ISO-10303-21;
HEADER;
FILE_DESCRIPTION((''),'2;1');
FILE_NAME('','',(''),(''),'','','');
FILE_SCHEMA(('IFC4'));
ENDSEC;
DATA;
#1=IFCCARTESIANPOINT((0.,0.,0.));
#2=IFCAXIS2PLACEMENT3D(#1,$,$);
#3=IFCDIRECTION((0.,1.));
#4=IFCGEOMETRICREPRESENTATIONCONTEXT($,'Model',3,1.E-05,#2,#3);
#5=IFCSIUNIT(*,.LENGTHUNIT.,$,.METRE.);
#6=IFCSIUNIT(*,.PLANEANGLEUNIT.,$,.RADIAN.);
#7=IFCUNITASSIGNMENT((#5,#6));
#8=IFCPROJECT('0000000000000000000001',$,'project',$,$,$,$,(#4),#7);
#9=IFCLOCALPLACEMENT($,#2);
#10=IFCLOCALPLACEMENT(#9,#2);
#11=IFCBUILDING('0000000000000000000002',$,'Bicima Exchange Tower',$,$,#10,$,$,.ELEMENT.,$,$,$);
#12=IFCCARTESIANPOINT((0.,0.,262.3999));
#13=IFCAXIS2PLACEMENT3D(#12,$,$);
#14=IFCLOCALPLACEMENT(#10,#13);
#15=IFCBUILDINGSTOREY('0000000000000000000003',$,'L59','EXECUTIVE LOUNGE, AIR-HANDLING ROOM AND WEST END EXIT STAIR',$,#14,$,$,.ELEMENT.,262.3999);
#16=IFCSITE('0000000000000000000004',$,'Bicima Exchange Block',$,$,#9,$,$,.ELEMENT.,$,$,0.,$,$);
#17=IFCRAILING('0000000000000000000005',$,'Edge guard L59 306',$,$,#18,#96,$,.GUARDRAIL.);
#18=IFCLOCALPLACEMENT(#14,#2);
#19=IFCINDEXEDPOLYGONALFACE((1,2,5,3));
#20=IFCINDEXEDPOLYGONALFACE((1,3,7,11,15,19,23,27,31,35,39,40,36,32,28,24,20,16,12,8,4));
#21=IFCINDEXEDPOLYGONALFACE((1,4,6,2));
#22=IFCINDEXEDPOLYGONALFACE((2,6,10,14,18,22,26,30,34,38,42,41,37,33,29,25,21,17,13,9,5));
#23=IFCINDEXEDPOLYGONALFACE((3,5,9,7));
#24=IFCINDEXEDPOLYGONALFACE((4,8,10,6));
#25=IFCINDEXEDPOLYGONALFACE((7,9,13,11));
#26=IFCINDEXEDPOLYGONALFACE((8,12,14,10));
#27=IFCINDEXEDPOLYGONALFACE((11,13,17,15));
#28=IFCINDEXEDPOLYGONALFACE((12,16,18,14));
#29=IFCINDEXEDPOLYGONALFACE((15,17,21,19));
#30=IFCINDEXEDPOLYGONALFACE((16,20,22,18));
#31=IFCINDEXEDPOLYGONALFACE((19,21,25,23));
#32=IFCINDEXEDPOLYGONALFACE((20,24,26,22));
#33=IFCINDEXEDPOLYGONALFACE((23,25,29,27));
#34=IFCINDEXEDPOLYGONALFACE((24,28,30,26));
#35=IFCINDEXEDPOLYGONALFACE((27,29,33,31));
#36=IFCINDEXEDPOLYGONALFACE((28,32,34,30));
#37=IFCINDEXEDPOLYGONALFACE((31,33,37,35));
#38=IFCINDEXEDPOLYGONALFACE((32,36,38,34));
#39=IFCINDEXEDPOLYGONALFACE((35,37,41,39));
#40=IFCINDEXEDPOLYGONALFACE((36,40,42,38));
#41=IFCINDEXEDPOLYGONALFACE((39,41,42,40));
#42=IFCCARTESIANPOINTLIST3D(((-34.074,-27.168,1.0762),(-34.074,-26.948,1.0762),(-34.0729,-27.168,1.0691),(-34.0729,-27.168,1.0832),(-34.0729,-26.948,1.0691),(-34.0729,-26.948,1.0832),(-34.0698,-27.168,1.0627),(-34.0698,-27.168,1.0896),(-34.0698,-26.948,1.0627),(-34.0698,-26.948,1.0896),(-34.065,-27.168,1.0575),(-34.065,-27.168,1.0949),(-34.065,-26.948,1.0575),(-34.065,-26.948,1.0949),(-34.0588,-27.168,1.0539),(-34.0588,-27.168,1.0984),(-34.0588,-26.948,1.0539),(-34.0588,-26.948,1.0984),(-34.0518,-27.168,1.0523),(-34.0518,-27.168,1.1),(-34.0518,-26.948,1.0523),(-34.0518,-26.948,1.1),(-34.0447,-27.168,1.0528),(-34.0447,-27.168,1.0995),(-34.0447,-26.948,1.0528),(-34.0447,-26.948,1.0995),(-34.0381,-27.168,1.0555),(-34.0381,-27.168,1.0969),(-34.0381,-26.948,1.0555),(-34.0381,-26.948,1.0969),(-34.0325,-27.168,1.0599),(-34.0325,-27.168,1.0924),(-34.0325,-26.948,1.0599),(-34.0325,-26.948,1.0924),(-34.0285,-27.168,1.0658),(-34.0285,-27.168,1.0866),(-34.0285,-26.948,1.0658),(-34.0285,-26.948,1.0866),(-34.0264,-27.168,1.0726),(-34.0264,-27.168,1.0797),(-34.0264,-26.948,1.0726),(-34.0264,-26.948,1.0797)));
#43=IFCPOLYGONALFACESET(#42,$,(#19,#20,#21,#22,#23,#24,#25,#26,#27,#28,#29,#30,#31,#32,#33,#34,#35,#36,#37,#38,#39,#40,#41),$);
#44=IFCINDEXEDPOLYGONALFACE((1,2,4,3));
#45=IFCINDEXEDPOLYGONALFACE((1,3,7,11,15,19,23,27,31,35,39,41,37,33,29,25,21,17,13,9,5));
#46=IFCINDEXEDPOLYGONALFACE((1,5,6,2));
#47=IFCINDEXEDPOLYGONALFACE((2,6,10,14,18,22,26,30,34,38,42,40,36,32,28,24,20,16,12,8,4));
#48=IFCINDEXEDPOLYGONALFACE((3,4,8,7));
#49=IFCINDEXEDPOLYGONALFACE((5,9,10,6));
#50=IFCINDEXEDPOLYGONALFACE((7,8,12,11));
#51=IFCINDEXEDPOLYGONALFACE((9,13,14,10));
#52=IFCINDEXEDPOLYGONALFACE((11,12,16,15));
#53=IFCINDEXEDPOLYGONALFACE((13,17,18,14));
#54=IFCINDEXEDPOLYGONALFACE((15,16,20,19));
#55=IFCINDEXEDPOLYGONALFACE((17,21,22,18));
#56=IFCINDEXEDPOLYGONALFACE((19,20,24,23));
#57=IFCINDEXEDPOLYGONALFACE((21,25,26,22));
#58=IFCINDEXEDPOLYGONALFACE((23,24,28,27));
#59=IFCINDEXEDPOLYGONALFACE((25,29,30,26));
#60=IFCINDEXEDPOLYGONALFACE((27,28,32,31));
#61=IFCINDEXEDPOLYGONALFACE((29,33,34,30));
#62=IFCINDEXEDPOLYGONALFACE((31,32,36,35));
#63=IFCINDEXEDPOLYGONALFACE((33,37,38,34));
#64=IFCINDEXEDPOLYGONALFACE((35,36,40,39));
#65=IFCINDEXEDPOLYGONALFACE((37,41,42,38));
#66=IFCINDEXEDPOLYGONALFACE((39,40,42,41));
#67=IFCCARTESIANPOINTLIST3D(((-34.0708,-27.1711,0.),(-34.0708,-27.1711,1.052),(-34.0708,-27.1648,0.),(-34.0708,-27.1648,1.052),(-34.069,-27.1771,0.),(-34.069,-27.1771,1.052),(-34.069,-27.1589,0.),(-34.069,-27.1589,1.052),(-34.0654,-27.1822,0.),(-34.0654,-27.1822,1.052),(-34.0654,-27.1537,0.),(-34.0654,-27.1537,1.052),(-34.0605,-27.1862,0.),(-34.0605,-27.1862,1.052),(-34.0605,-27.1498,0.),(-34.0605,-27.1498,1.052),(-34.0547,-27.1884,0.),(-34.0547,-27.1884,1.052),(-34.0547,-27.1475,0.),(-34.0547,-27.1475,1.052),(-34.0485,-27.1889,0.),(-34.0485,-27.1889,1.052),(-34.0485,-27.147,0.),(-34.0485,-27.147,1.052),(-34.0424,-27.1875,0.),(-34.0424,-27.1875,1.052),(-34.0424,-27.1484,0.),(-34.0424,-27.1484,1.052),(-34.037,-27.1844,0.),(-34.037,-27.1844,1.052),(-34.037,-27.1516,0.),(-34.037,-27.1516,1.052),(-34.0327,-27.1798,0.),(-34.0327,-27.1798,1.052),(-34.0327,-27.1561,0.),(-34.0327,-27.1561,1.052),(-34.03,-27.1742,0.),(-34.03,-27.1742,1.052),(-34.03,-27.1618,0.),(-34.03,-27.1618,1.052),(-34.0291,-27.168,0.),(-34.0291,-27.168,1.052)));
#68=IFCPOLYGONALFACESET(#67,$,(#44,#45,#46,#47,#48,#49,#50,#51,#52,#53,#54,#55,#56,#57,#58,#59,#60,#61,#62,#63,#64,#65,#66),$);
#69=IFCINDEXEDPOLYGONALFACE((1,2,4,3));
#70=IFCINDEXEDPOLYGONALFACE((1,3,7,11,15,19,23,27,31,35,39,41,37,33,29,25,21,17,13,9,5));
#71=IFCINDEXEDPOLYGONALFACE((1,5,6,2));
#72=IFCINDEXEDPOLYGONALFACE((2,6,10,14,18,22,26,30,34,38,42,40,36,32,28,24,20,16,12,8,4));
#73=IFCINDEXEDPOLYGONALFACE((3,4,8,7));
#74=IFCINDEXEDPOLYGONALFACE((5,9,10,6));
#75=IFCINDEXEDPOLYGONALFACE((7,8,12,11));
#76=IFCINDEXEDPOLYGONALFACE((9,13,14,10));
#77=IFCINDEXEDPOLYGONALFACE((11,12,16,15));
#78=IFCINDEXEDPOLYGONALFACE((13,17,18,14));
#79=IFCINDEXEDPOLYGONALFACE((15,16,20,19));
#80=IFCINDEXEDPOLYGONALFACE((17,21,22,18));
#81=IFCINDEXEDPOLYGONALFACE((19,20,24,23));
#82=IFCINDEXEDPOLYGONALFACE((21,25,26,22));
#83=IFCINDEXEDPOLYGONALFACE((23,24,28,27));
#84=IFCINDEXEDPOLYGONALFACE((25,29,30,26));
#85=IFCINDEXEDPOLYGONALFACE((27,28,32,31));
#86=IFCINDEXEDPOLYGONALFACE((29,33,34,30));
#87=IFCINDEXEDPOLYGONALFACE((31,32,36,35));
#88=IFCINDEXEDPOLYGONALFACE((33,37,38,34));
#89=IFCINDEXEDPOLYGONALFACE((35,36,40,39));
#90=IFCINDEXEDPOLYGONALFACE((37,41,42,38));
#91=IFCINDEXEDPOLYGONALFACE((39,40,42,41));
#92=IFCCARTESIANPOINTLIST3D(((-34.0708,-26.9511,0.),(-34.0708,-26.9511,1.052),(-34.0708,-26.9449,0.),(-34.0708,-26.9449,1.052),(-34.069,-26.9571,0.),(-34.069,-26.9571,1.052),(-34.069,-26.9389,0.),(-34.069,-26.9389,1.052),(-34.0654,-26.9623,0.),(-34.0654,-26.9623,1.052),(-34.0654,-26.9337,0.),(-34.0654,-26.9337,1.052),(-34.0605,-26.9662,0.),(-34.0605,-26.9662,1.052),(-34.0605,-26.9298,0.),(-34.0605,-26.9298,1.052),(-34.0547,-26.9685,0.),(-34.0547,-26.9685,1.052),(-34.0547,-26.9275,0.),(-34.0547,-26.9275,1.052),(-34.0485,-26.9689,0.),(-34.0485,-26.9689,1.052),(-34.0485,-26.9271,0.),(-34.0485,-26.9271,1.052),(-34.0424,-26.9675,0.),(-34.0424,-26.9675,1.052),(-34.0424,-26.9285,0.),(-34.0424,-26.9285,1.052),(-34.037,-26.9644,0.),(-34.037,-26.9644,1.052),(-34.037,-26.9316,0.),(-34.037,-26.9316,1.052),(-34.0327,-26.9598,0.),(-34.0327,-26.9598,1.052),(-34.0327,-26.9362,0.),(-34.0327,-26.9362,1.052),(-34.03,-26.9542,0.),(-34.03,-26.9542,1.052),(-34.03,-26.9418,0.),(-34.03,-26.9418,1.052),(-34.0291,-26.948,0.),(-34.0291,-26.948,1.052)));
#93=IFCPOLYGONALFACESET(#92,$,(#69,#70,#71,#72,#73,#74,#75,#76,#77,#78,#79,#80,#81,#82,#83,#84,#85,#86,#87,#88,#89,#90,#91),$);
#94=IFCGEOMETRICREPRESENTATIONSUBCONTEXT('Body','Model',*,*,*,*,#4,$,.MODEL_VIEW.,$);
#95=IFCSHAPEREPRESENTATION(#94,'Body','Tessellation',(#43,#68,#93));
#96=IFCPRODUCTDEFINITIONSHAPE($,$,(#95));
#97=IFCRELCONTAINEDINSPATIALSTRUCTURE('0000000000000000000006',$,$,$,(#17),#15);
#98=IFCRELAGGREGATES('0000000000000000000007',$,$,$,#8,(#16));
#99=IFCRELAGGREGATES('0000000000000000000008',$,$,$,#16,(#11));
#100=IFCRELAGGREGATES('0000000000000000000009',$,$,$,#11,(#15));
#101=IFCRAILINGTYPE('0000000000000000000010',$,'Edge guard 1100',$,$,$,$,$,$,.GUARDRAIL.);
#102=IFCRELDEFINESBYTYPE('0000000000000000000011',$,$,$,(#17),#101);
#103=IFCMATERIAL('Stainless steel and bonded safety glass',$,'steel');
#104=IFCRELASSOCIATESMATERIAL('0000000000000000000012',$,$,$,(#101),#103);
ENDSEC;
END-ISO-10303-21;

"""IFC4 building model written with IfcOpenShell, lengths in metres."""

from ifc_helpers import new_model, si_unit, direction, frame, origin, origin_2d, place, context, subcontext, project, spatial, circle, extrude, material, type_object, element, save


model = new_model("IFC4")

# Units and contexts
model_context = context("Model", 3, precision=1e-05, world=origin(), true_north=direction((0.0, 1.0)))
body_context = subcontext(model_context, "Body", "Model", "MODEL_VIEW")
ifc_project = project(units=[si_unit("LENGTHUNIT", "METRE"), si_unit("PLANEANGLEUNIT", "RADIAN")], contexts=[model_context])

# Site, building, storey
site_placement = place(None, origin())
site = spatial("IfcSite", under=ifc_project, at=site_placement, Name="Bicima Exchange Block", CompositionType="ELEMENT", RefElevation=0.0)
building_placement = place(site_placement, origin())
building = spatial("IfcBuilding", under=site, at=building_placement, Name="Bicima Exchange Tower", CompositionType="ELEMENT")
storey_placement = place(building_placement, frame((0.0, 0.0, 262.3999)))
storey = spatial("IfcBuildingStorey", under=building, at=storey_placement, Name="L59", Description="EXECUTIVE LOUNGE, AIR-HANDLING ROOM AND WEST END EXIT STAIR", CompositionType="ELEMENT", Elevation=262.3999)

# Railing
ifc_material_1 = material(Name="Stainless steel and bonded safety glass", Category="steel")
railing_type = type_object("IfcRailingType", Name="Edge guard 1100", PredefinedType="GUARDRAIL", material=ifc_material_1)
railing_1_placement = place(storey_placement, frame((-34.05, -27.168, 0.0)))
element("IfcRailing", 1, at=railing_1_placement, inside=storey, type_object=railing_type, Name="Edge guard L59 306", PredefinedType="GUARDRAIL", context=body_context, shape_type="SweptSolid", body=[
    extrude(circle(Radius=0.0239, at=origin_2d()), frame((0.0, 0.0, 1.0762), z_axis=(0.0, 1.0, 0.0), x_axis=(-1.0, 0.0, 0.0)), (0.0, 0.0, 1.0), 0.22),
    extrude(circle(Radius=0.021, at=origin_2d()), origin(), (0.0, 0.0, 1.0), 1.052),
    extrude(circle(Radius=0.021, at=origin_2d()), frame((0.0, 0.22, 0.0)), (0.0, 0.0, 1.0), 1.052),
])

save(model, "model.ifc")
